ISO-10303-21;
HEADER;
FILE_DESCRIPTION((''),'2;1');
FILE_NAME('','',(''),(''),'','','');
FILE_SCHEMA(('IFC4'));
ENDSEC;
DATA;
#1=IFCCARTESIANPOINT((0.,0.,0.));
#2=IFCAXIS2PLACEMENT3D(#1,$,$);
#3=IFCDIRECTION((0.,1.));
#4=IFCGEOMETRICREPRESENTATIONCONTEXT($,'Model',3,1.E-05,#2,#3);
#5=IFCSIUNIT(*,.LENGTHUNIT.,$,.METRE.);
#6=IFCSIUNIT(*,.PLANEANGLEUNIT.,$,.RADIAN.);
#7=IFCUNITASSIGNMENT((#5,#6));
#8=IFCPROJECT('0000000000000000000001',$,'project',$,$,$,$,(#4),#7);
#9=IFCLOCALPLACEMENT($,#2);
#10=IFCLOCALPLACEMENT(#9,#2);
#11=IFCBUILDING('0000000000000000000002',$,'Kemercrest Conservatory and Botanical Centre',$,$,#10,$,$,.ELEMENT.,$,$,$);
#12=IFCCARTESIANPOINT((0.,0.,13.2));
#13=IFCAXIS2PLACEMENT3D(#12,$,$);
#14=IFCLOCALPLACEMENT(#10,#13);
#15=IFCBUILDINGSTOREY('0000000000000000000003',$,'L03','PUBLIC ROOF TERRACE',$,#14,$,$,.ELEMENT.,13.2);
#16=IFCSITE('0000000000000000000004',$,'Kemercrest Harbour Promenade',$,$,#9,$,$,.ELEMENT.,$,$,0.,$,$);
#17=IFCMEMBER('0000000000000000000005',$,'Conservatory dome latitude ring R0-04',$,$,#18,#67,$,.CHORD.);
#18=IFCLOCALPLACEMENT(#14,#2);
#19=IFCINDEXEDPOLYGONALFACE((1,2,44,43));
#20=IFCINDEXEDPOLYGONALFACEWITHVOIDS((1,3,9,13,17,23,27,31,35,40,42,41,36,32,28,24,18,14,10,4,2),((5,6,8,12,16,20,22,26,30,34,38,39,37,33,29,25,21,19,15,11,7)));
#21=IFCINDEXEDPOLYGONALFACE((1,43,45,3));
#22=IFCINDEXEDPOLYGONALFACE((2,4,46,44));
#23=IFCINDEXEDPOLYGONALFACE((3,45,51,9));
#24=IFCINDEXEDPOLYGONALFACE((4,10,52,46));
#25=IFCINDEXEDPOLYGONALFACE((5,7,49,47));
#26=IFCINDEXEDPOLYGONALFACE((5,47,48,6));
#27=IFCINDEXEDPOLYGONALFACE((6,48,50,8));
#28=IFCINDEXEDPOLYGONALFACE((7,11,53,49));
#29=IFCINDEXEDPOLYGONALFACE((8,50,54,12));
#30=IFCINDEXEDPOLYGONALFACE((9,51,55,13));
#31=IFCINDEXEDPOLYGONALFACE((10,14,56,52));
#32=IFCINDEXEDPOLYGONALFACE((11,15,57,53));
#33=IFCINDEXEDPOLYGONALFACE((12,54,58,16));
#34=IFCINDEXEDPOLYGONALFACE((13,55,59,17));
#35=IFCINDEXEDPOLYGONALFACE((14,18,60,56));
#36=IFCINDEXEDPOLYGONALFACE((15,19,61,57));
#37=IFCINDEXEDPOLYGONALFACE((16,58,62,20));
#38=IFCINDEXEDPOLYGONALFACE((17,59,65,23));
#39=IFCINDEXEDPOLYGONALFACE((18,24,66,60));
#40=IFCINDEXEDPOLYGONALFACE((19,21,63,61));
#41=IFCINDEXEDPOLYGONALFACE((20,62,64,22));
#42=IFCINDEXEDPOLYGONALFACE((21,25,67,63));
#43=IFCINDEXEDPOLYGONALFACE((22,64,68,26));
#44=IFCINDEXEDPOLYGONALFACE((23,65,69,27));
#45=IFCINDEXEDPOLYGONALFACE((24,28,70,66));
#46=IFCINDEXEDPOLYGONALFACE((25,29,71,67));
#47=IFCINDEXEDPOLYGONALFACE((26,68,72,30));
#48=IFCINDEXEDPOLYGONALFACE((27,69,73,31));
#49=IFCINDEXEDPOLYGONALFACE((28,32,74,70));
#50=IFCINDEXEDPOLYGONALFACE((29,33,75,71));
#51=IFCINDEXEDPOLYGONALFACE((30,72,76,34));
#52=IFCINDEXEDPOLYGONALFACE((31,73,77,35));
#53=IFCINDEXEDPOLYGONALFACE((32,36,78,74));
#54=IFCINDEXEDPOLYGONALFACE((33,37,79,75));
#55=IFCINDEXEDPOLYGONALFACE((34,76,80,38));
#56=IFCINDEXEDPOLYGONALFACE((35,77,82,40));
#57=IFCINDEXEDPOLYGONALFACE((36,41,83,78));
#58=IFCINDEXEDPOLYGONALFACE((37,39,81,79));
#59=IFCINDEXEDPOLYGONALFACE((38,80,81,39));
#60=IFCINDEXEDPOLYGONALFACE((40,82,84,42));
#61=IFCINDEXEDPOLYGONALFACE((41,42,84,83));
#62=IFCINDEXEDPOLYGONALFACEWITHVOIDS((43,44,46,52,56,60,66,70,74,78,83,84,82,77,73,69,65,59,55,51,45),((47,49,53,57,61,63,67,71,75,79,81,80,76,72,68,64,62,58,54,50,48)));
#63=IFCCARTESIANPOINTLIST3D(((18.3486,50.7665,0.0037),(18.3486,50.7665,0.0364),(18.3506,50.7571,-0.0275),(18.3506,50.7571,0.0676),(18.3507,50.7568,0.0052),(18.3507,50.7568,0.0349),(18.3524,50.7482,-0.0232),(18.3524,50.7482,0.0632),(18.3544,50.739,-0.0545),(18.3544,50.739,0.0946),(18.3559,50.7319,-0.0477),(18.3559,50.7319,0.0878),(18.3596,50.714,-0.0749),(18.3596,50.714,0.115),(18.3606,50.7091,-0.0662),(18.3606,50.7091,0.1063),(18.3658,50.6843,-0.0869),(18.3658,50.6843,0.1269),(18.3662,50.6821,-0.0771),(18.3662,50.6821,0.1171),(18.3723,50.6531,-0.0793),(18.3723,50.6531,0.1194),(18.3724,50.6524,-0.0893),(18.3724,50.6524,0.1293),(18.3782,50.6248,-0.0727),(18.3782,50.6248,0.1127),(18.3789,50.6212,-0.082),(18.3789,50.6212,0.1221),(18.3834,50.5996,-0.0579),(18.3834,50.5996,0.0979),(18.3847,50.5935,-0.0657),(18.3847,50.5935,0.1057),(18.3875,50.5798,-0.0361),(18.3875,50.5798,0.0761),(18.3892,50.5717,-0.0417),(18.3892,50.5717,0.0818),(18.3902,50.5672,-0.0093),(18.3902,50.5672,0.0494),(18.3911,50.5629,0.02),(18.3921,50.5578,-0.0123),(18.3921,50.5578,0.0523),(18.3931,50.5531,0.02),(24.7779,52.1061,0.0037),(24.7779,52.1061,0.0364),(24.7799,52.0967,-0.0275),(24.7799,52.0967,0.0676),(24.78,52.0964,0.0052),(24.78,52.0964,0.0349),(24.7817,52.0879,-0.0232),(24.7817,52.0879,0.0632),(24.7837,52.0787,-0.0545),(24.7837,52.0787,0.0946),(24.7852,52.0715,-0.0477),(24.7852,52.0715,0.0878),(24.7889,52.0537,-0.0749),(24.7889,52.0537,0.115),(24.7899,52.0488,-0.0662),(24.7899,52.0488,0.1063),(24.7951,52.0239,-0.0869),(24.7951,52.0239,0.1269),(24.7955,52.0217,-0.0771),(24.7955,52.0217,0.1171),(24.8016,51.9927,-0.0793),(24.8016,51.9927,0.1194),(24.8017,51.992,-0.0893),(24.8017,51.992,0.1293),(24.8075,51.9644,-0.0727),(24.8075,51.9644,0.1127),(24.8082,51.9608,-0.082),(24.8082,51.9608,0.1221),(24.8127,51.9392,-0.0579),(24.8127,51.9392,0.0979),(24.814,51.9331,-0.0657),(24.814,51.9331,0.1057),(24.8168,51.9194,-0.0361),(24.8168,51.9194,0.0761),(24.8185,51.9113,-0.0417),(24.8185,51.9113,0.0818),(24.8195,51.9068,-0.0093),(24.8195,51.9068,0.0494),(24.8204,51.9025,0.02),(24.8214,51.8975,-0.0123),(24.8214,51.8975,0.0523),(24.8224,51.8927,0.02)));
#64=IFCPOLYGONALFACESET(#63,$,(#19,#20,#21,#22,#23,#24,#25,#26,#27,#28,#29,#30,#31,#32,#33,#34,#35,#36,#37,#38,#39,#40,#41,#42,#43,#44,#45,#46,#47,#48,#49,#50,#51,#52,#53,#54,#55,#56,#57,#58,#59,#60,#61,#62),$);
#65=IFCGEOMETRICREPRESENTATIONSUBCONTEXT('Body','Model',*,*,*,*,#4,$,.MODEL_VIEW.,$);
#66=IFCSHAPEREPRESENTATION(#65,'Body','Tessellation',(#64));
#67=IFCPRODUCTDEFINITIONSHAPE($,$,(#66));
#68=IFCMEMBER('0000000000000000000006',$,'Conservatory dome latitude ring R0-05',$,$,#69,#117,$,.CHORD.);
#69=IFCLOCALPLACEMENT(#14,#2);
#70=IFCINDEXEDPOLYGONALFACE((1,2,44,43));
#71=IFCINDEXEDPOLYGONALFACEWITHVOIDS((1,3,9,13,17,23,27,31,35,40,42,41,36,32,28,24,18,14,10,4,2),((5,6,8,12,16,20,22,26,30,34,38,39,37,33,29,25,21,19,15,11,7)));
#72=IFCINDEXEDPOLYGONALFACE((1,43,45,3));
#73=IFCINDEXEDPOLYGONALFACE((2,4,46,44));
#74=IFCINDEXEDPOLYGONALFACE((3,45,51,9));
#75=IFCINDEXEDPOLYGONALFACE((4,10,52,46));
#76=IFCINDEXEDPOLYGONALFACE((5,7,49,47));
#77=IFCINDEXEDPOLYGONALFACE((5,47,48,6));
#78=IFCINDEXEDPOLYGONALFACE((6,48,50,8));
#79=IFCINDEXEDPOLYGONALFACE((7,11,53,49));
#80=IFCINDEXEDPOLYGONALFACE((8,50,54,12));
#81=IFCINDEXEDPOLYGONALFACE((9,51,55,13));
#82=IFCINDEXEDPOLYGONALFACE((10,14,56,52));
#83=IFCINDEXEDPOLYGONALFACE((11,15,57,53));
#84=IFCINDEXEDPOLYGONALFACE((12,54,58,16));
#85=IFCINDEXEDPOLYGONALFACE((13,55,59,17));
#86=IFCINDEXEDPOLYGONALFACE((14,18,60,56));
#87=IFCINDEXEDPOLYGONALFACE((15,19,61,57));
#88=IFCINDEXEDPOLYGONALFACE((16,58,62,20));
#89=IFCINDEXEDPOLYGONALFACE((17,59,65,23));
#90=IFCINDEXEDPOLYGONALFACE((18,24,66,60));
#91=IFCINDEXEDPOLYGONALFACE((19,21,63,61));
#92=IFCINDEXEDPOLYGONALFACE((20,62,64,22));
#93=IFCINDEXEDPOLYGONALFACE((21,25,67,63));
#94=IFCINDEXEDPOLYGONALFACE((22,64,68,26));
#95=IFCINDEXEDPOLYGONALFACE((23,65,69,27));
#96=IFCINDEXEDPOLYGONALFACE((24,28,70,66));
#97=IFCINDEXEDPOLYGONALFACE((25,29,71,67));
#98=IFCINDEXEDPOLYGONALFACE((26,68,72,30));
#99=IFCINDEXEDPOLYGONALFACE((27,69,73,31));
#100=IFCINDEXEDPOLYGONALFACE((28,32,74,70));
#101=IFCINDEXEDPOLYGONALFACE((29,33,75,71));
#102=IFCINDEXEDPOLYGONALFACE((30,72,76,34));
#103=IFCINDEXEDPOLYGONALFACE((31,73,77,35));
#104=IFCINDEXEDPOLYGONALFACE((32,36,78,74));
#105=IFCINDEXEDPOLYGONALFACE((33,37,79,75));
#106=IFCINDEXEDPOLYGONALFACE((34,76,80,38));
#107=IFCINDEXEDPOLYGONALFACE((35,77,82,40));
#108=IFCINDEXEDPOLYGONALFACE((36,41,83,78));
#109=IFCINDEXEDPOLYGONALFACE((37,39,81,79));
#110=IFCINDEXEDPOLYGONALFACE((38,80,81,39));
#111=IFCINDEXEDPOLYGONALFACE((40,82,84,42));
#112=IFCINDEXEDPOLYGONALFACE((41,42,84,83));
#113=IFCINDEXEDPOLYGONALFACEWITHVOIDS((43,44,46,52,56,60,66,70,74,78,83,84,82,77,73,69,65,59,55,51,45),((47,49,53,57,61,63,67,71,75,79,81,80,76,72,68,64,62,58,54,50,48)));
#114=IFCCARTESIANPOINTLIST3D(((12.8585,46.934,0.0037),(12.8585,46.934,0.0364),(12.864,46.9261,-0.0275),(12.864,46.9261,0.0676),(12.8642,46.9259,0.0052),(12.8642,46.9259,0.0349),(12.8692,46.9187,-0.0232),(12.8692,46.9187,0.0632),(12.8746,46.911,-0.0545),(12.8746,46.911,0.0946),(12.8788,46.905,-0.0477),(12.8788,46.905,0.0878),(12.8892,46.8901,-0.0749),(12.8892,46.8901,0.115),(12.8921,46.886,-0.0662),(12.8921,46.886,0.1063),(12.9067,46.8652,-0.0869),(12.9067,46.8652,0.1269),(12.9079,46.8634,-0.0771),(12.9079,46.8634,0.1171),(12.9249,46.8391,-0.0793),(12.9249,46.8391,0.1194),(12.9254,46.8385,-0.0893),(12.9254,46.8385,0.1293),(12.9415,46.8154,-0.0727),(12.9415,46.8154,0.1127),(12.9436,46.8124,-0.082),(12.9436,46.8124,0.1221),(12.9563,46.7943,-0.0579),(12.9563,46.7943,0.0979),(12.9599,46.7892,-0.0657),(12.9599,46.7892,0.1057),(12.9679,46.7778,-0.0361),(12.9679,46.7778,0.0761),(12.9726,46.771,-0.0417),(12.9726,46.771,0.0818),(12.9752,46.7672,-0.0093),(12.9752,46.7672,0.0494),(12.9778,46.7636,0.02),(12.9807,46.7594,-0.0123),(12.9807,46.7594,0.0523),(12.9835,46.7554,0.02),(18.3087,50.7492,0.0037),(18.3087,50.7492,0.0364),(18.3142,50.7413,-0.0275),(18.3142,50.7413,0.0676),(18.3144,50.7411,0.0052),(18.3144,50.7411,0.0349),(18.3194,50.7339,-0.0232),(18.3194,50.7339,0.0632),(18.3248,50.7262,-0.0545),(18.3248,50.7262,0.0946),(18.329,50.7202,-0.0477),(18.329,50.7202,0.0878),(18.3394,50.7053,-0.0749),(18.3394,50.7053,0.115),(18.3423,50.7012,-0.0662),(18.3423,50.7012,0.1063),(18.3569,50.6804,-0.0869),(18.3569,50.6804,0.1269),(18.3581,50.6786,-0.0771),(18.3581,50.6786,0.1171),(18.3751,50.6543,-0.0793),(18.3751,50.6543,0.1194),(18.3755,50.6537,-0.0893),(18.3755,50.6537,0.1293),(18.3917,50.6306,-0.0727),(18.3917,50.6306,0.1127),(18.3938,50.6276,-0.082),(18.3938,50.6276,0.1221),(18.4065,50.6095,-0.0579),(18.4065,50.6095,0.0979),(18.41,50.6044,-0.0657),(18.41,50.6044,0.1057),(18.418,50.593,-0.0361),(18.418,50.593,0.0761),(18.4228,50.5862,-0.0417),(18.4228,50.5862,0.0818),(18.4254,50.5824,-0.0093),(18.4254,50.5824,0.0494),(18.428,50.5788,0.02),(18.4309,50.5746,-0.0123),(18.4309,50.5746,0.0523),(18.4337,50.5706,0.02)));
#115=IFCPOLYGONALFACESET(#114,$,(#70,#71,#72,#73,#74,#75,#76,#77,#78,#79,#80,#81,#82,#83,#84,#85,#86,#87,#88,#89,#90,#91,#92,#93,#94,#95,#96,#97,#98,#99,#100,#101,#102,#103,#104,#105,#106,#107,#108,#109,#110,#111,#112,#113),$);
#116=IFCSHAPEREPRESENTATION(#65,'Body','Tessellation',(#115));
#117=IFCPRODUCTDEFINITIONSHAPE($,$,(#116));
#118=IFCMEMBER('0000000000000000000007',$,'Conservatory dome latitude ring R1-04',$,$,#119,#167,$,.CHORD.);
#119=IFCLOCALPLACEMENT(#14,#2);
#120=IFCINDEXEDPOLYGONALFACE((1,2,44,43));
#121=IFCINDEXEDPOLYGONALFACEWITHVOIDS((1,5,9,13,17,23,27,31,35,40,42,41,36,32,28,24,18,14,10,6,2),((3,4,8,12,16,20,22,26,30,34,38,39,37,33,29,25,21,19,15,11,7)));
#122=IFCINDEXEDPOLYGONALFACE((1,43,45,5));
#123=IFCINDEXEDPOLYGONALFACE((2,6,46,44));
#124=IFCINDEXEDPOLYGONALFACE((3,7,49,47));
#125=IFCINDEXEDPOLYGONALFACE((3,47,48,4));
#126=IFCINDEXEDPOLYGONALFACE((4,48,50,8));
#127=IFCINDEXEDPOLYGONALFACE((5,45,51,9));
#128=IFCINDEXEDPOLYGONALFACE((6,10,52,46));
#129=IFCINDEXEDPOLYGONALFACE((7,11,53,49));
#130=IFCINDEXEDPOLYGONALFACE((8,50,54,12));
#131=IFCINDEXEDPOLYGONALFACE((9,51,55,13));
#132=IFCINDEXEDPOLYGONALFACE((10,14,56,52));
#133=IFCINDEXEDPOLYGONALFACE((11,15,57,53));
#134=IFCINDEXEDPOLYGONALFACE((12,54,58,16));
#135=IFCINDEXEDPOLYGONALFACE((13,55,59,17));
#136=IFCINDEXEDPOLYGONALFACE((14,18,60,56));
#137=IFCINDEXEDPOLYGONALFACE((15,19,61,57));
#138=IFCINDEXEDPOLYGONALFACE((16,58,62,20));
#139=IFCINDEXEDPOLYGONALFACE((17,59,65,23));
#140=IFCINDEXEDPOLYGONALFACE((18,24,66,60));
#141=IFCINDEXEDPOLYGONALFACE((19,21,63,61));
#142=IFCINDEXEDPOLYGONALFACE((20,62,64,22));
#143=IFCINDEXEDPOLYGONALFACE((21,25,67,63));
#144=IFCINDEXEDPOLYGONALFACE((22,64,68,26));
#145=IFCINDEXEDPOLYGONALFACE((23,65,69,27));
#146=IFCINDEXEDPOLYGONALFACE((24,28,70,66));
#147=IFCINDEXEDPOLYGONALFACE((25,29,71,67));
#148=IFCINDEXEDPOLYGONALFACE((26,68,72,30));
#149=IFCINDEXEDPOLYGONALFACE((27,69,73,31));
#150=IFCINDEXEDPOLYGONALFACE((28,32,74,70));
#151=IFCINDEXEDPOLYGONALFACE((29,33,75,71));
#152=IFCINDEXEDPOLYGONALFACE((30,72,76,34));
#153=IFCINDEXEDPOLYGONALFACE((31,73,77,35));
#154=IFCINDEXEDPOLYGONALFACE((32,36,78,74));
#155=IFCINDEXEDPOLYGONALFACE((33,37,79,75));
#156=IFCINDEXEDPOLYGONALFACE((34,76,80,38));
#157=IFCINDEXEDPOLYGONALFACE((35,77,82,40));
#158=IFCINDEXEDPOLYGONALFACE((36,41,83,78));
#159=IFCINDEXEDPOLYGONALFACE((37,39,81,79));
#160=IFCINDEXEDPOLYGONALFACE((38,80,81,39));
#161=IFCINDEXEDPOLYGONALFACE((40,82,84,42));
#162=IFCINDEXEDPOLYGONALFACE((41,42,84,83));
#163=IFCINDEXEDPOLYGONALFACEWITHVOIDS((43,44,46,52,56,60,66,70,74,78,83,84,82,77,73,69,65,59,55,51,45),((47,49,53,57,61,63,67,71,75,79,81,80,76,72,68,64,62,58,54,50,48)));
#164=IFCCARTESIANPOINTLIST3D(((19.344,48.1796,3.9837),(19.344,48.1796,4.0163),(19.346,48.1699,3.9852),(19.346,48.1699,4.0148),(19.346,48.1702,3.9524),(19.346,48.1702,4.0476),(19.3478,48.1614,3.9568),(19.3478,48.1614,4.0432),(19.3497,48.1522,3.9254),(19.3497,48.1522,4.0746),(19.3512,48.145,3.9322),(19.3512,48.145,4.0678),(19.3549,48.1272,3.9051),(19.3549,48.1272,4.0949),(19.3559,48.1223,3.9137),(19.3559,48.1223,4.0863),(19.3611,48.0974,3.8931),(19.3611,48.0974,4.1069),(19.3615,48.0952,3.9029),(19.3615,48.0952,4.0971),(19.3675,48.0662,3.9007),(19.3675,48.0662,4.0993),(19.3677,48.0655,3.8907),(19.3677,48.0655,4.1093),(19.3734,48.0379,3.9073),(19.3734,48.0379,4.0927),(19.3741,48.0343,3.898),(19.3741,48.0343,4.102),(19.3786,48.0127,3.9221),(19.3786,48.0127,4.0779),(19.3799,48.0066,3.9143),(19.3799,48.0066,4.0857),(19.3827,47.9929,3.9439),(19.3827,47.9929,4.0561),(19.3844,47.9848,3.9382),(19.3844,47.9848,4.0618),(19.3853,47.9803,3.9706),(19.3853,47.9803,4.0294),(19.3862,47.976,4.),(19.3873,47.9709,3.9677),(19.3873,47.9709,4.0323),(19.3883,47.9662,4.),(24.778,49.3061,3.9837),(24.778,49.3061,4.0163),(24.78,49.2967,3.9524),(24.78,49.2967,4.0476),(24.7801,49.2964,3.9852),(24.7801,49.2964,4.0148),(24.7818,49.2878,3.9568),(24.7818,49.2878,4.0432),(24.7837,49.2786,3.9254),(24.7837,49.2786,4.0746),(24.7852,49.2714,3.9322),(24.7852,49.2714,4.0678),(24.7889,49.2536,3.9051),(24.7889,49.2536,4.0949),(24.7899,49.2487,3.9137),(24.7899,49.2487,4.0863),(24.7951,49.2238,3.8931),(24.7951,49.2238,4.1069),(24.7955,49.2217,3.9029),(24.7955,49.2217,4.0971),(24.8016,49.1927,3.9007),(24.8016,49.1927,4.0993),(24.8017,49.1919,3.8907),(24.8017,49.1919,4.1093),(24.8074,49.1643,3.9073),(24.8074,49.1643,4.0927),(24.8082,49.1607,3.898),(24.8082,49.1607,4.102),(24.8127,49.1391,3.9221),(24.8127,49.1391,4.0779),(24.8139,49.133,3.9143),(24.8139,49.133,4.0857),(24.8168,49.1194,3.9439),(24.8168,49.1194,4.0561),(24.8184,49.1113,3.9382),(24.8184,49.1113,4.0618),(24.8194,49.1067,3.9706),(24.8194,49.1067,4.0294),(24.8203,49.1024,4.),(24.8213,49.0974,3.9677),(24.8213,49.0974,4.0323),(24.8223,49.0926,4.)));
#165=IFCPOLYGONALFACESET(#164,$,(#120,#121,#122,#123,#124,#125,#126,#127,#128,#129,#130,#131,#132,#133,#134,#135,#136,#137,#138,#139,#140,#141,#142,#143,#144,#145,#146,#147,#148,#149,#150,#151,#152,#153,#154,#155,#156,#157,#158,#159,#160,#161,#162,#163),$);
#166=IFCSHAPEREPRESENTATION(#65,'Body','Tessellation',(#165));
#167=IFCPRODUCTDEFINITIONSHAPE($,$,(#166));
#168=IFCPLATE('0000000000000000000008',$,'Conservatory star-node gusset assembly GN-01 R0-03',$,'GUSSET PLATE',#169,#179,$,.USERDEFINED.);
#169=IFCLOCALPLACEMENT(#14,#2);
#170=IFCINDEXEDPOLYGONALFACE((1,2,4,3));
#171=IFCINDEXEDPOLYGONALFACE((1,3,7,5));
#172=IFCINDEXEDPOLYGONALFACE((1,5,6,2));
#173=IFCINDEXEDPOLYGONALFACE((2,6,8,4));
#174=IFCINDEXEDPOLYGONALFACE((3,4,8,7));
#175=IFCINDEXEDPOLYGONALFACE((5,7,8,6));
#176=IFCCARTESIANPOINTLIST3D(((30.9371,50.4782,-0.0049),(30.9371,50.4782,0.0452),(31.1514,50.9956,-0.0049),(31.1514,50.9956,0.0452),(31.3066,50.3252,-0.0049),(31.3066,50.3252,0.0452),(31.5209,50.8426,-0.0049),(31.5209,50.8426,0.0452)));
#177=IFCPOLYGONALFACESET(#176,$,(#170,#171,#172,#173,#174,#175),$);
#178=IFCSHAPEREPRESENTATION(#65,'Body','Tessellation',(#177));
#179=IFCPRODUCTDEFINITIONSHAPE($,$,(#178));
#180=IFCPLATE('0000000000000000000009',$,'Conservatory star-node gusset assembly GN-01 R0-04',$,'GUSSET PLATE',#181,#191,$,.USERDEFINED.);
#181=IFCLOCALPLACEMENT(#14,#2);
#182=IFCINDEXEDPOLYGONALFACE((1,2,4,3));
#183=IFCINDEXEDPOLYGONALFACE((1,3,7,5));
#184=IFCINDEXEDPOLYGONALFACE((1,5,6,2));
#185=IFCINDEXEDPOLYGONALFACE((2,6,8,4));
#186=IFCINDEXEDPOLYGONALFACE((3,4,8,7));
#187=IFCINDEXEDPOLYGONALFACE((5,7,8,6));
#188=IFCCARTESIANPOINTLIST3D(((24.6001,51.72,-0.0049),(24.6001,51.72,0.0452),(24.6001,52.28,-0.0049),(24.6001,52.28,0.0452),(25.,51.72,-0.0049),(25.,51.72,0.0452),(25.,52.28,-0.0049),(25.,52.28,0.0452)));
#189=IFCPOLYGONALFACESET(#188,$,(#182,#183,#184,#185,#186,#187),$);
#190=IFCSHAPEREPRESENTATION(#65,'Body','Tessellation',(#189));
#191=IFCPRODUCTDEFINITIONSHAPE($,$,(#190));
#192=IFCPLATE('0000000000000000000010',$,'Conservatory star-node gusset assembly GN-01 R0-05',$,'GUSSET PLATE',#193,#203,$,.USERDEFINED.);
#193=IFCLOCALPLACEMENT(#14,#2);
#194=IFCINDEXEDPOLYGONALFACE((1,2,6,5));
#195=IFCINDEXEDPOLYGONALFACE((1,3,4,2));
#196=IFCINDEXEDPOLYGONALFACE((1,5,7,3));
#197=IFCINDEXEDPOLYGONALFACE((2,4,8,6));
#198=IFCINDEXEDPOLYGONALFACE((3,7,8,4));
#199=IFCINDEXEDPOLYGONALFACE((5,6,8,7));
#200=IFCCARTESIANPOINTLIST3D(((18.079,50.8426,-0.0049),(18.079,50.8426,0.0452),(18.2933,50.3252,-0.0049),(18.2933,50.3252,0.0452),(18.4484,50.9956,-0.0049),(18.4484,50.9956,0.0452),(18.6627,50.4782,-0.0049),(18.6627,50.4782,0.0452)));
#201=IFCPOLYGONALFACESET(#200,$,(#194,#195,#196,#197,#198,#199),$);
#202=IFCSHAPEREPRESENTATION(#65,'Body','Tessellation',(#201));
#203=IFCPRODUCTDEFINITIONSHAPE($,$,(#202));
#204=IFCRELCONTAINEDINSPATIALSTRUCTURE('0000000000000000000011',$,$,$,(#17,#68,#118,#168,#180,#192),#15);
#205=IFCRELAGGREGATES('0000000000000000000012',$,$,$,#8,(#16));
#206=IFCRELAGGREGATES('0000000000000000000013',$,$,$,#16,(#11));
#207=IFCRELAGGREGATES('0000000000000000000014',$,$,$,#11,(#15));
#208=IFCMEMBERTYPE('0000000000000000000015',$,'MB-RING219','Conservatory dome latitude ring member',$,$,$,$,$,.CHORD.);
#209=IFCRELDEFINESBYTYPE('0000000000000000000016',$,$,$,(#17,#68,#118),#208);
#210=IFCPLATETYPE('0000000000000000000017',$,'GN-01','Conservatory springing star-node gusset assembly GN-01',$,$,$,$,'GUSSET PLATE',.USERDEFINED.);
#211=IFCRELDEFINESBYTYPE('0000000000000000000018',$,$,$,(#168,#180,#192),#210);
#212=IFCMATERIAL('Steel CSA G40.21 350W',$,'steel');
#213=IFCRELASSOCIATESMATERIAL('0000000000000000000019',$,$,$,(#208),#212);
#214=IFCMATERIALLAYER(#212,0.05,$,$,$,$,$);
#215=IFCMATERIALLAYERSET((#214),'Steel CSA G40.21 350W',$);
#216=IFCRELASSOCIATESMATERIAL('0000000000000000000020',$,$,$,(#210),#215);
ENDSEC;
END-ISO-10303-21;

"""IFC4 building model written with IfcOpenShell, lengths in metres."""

from ifc_helpers import new_model, si_unit, direction, frame, origin, origin_2d, place, context, subcontext, project, spatial, rectangle, hollow_circle, extrude, material, layer, layer_set, material_profile, profile_set, type_object, element, save


model = new_model("IFC4")

# Units and contexts
model_context = context("Model", 3, precision=1e-05, world=origin(), true_north=direction((0.0, 1.0)))
body_context = subcontext(model_context, "Body", "Model", "MODEL_VIEW")
ifc_project = project(units=[si_unit("LENGTHUNIT", "METRE"), si_unit("PLANEANGLEUNIT", "RADIAN")], contexts=[model_context])

# Site, building, storey
site_placement = place(None, origin())
site = spatial("IfcSite", under=ifc_project, at=site_placement, Name="Kemercrest Harbour Promenade", CompositionType="ELEMENT", RefElevation=0.0)
building_placement = place(site_placement, origin())
building = spatial("IfcBuilding", under=site, at=building_placement, Name="Kemercrest Conservatory and Botanical Centre", CompositionType="ELEMENT")
storey_placement = place(building_placement, frame((0.0, 0.0, 13.2)))
storey = spatial("IfcBuildingStorey", under=building, at=storey_placement, Name="L03", Description="PUBLIC ROOF TERRACE", CompositionType="ELEMENT", Elevation=13.2)

# Shared definitions
ifc_material_1 = material(Name="Steel CSA G40.21 350W", Category="steel")

# Members
ifc_material_profile_1 = material_profile(ifc_material_1, hollow_circle(Radius=0.1096, WallThickness=0.01, at=origin_2d()), Name="CHS 219.1x10.0")
ifc_profile_set_1 = profile_set([ifc_material_profile_1], Name="Steel CSA G40.21 350W")
member_type_1 = type_object("IfcMemberType", Name="MB-RING219", Description="Conservatory dome latitude ring member", PredefinedType="CHORD", material=ifc_profile_set_1)
member_1_placement = place(storey_placement, frame((24.8, 52.0, 0.02), z_axis=(-0.978975, -0.203981, 0.0), x_axis=(0.203981, -0.978975, 0.0)))
element("IfcMember", 1, at=member_1_placement, inside=storey, type_object=member_type_1, Name="Conservatory dome latitude ring R0-04", PredefinedType="CHORD", context=body_context, shape_type="SweptSolid", body=[
    extrude(hollow_circle(Radius=0.1096, WallThickness=0.01, at=origin_2d()), origin(), (0.0, 0.0, 1.0), 6.5674),
])
member_2_placement = place(storey_placement, frame((18.3708, 50.6604, 0.02), z_axis=(-0.819228, -0.573467, 0.0), x_axis=(0.573467, -0.819228, 0.0)))
element("IfcMember", 2, at=member_2_placement, inside=storey, type_object=member_type_1, Name="Conservatory dome latitude ring R0-05", PredefinedType="CHORD", context=body_context, shape_type="SweptSolid", body=[
    extrude(hollow_circle(Radius=0.1096, WallThickness=0.01, at=origin_2d()), origin(), (0.0, 0.0, 1.0), 6.6528),
])
member_3_placement = place(storey_placement, frame((24.8, 49.2, 4.0), z_axis=(-0.979183, -0.202981, 0.0), x_axis=(0.202981, -0.979183, 0.0)))
element("IfcMember", 3, at=member_3_placement, inside=storey, type_object=member_type_1, Name="Conservatory dome latitude ring R1-04", PredefinedType="CHORD", context=body_context, shape_type="SweptSolid", body=[
    extrude(hollow_circle(Radius=0.1096, WallThickness=0.01, at=origin_2d()), origin(), (0.0, 0.0, 1.0), 5.5496),
])

# Plates
ifc_layer_1 = layer(ifc_material_1, 0.05)
ifc_layer_set_1 = layer_set([ifc_layer_1], Name="Steel CSA G40.21 350W")
plate_type_1 = type_object("IfcPlateType", Name="GN-01", Description="Conservatory springing star-node gusset assembly GN-01", ElementType="GUSSET PLATE", PredefinedType="USERDEFINED", material=ifc_layer_set_1)
for number, where, z_axis, x_axis, name in (
    (4, (31.229, 50.6604, -0.0049), (0.0, 0.0, 1.0), (0.382683, 0.92388, 0.0), "Conservatory star-node gusset assembly GN-01 R0-03"),
    (5, (24.8, 52.0, -0.0049), (0.0, 0.0, 1.0), (0.0, 1.0, 0.0), "Conservatory star-node gusset assembly GN-01 R0-04"),
    (6, (18.3708, 50.6604, -0.0049), (0.0, 0.0, 1.0), (-0.382683, 0.92388, 0.0), "Conservatory star-node gusset assembly GN-01 R0-05"),
):
    element("IfcPlate", number, at=place(storey_placement, frame(where, z_axis=z_axis, x_axis=x_axis)), inside=storey, type_object=plate_type_1, Name=name, ObjectType="GUSSET PLATE", PredefinedType="USERDEFINED", context=body_context, shape_type="SweptSolid", body=[
        extrude(rectangle(XDim=0.5601, YDim=0.3999, at=origin_2d()), origin(), (0.0, 0.0, 1.0), 0.05),
    ])

save(model, "model.ifc")
